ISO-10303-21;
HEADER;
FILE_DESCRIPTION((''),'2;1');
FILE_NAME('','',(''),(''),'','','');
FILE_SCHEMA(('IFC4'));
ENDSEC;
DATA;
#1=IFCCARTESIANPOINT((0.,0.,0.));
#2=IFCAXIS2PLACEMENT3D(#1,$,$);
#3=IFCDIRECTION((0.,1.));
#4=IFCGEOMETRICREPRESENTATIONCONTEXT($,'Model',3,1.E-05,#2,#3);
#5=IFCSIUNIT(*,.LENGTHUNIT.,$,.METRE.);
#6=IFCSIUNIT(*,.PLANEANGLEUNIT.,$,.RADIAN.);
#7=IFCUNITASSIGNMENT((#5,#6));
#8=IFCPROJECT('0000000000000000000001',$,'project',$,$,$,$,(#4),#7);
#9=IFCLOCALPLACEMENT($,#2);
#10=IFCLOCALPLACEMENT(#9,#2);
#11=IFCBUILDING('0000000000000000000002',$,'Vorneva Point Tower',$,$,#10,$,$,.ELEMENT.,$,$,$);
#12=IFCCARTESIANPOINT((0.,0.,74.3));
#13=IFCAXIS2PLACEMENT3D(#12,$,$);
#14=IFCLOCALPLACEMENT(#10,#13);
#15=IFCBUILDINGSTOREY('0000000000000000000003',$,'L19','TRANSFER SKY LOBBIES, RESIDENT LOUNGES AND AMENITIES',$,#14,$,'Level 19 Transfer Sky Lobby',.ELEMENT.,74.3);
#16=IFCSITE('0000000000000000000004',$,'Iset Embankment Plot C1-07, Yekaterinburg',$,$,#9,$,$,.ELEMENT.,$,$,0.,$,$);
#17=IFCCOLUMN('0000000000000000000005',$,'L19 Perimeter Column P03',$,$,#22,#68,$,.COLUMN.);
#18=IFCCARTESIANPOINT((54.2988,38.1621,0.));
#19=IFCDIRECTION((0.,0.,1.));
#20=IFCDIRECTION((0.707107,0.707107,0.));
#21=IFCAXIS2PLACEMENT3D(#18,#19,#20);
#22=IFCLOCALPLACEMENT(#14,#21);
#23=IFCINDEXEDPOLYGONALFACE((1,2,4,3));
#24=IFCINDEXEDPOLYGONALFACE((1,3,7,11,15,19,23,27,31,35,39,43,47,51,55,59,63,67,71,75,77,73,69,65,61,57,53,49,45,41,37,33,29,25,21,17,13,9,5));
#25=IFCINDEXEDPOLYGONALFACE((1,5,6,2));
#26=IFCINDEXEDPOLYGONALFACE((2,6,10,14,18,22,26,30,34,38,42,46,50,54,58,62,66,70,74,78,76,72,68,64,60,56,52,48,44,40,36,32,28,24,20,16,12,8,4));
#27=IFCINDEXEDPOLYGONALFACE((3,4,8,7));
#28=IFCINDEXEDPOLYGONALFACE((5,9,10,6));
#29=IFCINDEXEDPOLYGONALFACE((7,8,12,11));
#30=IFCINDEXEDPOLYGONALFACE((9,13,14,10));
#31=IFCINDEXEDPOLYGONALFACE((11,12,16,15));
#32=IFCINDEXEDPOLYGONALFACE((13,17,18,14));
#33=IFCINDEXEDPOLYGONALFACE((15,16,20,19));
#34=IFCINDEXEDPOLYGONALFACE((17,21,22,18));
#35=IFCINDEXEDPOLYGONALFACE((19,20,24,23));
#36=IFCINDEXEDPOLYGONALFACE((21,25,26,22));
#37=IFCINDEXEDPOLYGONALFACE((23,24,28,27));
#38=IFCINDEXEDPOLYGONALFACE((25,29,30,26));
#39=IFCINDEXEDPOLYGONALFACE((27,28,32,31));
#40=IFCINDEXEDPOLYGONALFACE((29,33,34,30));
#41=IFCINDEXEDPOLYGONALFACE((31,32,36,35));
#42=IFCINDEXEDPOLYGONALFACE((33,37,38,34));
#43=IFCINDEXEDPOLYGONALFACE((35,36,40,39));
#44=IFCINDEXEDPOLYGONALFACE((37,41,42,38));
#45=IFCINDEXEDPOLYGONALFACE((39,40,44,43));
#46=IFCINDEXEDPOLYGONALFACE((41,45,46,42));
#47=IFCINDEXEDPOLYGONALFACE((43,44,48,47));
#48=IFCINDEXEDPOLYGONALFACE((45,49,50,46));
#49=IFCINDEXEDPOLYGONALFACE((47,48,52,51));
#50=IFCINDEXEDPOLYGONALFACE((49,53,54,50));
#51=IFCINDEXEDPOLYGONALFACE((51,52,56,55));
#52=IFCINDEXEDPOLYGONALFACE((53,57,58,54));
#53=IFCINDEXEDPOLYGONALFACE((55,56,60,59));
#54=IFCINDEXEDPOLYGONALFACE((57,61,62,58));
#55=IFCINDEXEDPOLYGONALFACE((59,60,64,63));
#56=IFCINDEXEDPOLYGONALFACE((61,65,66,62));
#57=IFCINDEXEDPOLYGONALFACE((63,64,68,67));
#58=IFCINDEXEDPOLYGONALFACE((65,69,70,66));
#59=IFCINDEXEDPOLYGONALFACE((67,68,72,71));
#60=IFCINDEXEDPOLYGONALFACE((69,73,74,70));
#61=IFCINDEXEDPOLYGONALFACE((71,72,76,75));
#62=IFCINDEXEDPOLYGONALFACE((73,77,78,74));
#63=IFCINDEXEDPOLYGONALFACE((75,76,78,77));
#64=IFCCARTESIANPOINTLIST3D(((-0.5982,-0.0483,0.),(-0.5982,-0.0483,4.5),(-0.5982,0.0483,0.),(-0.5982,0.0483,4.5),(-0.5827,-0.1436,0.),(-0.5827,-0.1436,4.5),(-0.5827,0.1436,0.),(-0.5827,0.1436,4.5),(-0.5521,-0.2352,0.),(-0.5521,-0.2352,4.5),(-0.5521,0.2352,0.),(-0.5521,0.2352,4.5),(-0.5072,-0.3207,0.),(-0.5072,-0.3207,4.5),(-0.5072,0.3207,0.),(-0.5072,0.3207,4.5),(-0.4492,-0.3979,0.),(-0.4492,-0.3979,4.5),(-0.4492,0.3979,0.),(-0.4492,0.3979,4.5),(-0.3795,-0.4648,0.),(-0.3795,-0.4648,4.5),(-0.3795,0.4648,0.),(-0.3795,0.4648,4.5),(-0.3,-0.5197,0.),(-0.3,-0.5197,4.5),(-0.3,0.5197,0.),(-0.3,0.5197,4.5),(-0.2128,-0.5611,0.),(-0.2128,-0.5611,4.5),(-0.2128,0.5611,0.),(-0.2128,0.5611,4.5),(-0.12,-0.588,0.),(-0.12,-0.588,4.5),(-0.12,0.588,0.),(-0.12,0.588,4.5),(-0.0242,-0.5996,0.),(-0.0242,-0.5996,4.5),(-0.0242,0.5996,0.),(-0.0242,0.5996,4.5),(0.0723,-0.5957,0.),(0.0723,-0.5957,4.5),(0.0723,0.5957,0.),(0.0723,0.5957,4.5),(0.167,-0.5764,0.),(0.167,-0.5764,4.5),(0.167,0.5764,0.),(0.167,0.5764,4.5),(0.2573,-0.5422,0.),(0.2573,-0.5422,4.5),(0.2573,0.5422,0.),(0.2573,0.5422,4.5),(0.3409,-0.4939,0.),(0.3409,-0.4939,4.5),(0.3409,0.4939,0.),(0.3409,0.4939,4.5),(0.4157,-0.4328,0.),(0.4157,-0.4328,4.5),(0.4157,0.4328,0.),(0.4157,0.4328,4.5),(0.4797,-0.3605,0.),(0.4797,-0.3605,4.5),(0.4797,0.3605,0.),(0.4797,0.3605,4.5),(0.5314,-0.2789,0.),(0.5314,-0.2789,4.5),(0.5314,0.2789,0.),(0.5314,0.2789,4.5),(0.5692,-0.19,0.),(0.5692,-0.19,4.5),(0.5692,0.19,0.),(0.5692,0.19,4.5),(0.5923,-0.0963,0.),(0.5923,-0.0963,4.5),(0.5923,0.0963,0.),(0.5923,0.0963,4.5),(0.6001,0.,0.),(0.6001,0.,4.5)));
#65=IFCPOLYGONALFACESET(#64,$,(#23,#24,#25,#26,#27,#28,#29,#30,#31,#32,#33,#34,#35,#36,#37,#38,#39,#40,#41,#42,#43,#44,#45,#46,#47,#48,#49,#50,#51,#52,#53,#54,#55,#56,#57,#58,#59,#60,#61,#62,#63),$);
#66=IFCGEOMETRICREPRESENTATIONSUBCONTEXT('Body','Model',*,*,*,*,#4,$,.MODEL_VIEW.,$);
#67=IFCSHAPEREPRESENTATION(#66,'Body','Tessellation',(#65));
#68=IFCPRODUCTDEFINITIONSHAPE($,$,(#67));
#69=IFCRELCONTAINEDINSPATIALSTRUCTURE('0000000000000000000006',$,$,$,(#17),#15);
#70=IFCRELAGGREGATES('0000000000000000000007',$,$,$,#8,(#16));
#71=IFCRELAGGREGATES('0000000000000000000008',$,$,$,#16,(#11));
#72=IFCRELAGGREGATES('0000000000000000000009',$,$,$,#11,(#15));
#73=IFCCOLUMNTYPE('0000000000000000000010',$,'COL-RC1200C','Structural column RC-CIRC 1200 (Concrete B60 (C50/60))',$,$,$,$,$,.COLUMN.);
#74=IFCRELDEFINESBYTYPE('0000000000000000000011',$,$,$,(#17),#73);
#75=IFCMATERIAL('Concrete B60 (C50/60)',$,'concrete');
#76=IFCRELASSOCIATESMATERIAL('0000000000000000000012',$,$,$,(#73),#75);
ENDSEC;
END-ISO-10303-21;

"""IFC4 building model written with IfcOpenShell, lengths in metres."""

from ifc_helpers import new_model, si_unit, direction, frame, origin, origin_2d, place, context, subcontext, project, spatial, circle, extrude, material, material_profile, profile_set, type_object, element, save


model = new_model("IFC4")

# Units and contexts
model_context = context("Model", 3, precision=1e-05, world=origin(), true_north=direction((0.0, 1.0)))
body_context = subcontext(model_context, "Body", "Model", "MODEL_VIEW")
ifc_project = project(units=[si_unit("LENGTHUNIT", "METRE"), si_unit("PLANEANGLEUNIT", "RADIAN")], contexts=[model_context])

# Site, building, storey
site_placement = place(None, origin())
site = spatial("IfcSite", under=ifc_project, at=site_placement, Name="Iset Embankment Plot C1-07, Yekaterinburg", CompositionType="ELEMENT", RefElevation=0.0)
building_placement = place(site_placement, origin())
building = spatial("IfcBuilding", under=site, at=building_placement, Name="Vorneva Point Tower", CompositionType="ELEMENT")
storey_placement = place(building_placement, frame((0.0, 0.0, 74.3)))
storey = spatial("IfcBuildingStorey", under=building, at=storey_placement, Name="L19", Description="TRANSFER SKY LOBBIES, RESIDENT LOUNGES AND AMENITIES", LongName="Level 19 Transfer Sky Lobby", CompositionType="ELEMENT", Elevation=74.3)

# Column
ifc_material_1 = material(Name="Concrete B60 (C50/60)", Category="concrete")
ifc_material_profile_1 = material_profile(ifc_material_1, circle(Radius=0.6001, at=origin_2d()), Name="RC-CIRC 1200")
ifc_profile_set_1 = profile_set([ifc_material_profile_1], Name="Concrete B60 (C50/60)")
column_type = type_object("IfcColumnType", Name="COL-RC1200C", Description="Structural column RC-CIRC 1200 (Concrete B60 (C50/60))", PredefinedType="COLUMN", material=ifc_profile_set_1)
column_placement = place(storey_placement, frame((54.2988, 38.1621, 0.0), z_axis=(0.0, 0.0, 1.0), x_axis=(0.707107, 0.707107, 0.0)))
element("IfcColumn", 1, at=column_placement, inside=storey, type_object=column_type, Name="L19 Perimeter Column P03", PredefinedType="COLUMN", context=body_context, shape_type="SweptSolid", body=[
    extrude(circle(Radius=0.6001, at=origin_2d()), origin(), (0.0, 0.0, 1.0), 4.5),
])

save(model, "model.ifc")
